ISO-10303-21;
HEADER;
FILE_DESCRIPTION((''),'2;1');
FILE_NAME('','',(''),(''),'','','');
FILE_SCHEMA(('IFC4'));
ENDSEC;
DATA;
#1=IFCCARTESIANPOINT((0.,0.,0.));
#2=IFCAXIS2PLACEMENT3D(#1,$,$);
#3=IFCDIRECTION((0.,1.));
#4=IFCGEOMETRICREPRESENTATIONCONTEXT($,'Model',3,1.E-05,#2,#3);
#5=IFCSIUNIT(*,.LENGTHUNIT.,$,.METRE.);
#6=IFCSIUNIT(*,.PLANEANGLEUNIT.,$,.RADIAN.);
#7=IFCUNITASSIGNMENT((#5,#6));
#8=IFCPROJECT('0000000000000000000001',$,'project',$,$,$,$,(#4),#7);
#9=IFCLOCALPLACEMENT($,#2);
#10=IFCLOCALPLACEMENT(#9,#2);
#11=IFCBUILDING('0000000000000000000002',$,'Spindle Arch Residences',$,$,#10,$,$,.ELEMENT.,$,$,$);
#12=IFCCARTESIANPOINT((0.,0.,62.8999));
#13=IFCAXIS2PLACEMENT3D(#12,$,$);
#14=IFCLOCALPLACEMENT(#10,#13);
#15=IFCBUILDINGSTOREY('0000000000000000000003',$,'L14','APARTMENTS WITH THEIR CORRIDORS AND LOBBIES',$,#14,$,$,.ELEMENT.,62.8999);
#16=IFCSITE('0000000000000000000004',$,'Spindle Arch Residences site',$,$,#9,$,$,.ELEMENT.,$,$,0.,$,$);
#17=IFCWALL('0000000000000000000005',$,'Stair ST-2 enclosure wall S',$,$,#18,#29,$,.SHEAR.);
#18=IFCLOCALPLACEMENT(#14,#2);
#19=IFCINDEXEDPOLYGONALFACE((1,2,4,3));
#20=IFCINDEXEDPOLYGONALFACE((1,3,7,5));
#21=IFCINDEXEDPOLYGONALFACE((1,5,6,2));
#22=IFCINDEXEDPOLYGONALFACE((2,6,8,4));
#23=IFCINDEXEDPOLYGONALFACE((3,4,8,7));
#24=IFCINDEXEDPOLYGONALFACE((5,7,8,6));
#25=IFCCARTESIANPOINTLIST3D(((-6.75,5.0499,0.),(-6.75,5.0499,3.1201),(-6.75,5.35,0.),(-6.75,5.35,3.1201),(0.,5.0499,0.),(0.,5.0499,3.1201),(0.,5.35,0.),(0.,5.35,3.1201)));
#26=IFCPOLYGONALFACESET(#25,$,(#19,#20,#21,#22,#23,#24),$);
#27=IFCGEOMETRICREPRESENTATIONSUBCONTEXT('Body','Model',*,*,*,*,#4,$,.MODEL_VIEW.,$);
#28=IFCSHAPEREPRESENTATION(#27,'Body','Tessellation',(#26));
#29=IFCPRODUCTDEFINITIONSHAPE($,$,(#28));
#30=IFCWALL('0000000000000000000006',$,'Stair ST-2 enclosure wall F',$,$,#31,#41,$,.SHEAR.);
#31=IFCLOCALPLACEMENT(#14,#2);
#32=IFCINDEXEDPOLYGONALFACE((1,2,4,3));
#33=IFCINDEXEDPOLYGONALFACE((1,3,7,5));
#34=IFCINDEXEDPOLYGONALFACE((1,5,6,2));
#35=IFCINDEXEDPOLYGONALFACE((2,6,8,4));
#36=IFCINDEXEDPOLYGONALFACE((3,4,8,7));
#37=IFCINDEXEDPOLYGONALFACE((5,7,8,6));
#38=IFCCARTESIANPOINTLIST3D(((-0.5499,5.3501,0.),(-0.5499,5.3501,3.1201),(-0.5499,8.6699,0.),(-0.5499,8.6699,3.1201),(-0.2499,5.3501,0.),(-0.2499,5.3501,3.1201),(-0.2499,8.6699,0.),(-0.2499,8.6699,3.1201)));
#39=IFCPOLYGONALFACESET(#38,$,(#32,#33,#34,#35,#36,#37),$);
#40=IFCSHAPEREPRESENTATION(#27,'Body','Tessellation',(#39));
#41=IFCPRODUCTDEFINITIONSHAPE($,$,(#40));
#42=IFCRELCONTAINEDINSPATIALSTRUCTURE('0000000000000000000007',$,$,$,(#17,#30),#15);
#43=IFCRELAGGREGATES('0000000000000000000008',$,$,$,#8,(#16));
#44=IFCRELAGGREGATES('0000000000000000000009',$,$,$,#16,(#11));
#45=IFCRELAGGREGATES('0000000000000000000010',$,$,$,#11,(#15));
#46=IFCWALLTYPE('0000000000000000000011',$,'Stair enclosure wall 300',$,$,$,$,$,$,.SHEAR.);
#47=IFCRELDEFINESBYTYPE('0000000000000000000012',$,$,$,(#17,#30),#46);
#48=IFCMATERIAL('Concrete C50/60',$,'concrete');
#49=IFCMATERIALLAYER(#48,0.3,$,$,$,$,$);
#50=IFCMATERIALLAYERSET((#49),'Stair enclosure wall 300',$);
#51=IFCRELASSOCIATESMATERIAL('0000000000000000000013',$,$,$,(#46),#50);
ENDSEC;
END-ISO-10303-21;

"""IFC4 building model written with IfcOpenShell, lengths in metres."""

from ifc_helpers import new_model, si_unit, direction, frame, frame_2d, origin, place, context, subcontext, project, spatial, rectangle, extrude, material, layer, layer_set, type_object, element, save


model = new_model("IFC4")

# Units and contexts
model_context = context("Model", 3, precision=1e-05, world=origin(), true_north=direction((0.0, 1.0)))
body_context = subcontext(model_context, "Body", "Model", "MODEL_VIEW")
ifc_project = project(units=[si_unit("LENGTHUNIT", "METRE"), si_unit("PLANEANGLEUNIT", "RADIAN")], contexts=[model_context])

# Site, building, storey
site_placement = place(None, origin())
site = spatial("IfcSite", under=ifc_project, at=site_placement, Name="Spindle Arch Residences site", CompositionType="ELEMENT", RefElevation=0.0)
building_placement = place(site_placement, origin())
building = spatial("IfcBuilding", under=site, at=building_placement, Name="Spindle Arch Residences", CompositionType="ELEMENT")
storey_placement = place(building_placement, frame((0.0, 0.0, 62.8999)))
storey = spatial("IfcBuildingStorey", under=building, at=storey_placement, Name="L14", Description="APARTMENTS WITH THEIR CORRIDORS AND LOBBIES", CompositionType="ELEMENT", Elevation=62.8999)

# Walls
ifc_material_1 = material(Name="Concrete C50/60", Category="concrete")
ifc_layer_1 = layer(ifc_material_1, 0.3)
ifc_layer_set_1 = layer_set([ifc_layer_1], Name="Stair enclosure wall 300")
wall_type_1 = type_object("IfcWallType", Name="Stair enclosure wall 300", PredefinedType="SHEAR", material=ifc_layer_set_1)
wall_1_placement = place(storey_placement, frame((-6.75, 5.2, 0.0), z_axis=(0.0, 0.0, 1.0), x_axis=(1.0, 0.0, 0.0)))
element("IfcWall", 1, at=wall_1_placement, inside=storey, type_object=wall_type_1, Name="Stair ST-2 enclosure wall S", PredefinedType="SHEAR", context=body_context, shape_type="SweptSolid", body=[
    extrude(rectangle(XDim=6.75, YDim=0.3, at=frame_2d((3.375, 0.0))), origin(), (0.0, 0.0, 1.0), 3.1201),
])
wall_2_placement = place(storey_placement, frame((-0.3999, 5.3501, 0.0), z_axis=(0.0, 0.0, 1.0), x_axis=(0.0, 1.0, 0.0)))
element("IfcWall", 2, at=wall_2_placement, inside=storey, type_object=wall_type_1, Name="Stair ST-2 enclosure wall F", PredefinedType="SHEAR", context=body_context, shape_type="SweptSolid", body=[
    extrude(rectangle(XDim=3.3198, YDim=0.3, at=frame_2d((1.6599, 0.0))), origin(), (0.0, 0.0, 1.0), 3.1201),
])

save(model, "model.ifc")
